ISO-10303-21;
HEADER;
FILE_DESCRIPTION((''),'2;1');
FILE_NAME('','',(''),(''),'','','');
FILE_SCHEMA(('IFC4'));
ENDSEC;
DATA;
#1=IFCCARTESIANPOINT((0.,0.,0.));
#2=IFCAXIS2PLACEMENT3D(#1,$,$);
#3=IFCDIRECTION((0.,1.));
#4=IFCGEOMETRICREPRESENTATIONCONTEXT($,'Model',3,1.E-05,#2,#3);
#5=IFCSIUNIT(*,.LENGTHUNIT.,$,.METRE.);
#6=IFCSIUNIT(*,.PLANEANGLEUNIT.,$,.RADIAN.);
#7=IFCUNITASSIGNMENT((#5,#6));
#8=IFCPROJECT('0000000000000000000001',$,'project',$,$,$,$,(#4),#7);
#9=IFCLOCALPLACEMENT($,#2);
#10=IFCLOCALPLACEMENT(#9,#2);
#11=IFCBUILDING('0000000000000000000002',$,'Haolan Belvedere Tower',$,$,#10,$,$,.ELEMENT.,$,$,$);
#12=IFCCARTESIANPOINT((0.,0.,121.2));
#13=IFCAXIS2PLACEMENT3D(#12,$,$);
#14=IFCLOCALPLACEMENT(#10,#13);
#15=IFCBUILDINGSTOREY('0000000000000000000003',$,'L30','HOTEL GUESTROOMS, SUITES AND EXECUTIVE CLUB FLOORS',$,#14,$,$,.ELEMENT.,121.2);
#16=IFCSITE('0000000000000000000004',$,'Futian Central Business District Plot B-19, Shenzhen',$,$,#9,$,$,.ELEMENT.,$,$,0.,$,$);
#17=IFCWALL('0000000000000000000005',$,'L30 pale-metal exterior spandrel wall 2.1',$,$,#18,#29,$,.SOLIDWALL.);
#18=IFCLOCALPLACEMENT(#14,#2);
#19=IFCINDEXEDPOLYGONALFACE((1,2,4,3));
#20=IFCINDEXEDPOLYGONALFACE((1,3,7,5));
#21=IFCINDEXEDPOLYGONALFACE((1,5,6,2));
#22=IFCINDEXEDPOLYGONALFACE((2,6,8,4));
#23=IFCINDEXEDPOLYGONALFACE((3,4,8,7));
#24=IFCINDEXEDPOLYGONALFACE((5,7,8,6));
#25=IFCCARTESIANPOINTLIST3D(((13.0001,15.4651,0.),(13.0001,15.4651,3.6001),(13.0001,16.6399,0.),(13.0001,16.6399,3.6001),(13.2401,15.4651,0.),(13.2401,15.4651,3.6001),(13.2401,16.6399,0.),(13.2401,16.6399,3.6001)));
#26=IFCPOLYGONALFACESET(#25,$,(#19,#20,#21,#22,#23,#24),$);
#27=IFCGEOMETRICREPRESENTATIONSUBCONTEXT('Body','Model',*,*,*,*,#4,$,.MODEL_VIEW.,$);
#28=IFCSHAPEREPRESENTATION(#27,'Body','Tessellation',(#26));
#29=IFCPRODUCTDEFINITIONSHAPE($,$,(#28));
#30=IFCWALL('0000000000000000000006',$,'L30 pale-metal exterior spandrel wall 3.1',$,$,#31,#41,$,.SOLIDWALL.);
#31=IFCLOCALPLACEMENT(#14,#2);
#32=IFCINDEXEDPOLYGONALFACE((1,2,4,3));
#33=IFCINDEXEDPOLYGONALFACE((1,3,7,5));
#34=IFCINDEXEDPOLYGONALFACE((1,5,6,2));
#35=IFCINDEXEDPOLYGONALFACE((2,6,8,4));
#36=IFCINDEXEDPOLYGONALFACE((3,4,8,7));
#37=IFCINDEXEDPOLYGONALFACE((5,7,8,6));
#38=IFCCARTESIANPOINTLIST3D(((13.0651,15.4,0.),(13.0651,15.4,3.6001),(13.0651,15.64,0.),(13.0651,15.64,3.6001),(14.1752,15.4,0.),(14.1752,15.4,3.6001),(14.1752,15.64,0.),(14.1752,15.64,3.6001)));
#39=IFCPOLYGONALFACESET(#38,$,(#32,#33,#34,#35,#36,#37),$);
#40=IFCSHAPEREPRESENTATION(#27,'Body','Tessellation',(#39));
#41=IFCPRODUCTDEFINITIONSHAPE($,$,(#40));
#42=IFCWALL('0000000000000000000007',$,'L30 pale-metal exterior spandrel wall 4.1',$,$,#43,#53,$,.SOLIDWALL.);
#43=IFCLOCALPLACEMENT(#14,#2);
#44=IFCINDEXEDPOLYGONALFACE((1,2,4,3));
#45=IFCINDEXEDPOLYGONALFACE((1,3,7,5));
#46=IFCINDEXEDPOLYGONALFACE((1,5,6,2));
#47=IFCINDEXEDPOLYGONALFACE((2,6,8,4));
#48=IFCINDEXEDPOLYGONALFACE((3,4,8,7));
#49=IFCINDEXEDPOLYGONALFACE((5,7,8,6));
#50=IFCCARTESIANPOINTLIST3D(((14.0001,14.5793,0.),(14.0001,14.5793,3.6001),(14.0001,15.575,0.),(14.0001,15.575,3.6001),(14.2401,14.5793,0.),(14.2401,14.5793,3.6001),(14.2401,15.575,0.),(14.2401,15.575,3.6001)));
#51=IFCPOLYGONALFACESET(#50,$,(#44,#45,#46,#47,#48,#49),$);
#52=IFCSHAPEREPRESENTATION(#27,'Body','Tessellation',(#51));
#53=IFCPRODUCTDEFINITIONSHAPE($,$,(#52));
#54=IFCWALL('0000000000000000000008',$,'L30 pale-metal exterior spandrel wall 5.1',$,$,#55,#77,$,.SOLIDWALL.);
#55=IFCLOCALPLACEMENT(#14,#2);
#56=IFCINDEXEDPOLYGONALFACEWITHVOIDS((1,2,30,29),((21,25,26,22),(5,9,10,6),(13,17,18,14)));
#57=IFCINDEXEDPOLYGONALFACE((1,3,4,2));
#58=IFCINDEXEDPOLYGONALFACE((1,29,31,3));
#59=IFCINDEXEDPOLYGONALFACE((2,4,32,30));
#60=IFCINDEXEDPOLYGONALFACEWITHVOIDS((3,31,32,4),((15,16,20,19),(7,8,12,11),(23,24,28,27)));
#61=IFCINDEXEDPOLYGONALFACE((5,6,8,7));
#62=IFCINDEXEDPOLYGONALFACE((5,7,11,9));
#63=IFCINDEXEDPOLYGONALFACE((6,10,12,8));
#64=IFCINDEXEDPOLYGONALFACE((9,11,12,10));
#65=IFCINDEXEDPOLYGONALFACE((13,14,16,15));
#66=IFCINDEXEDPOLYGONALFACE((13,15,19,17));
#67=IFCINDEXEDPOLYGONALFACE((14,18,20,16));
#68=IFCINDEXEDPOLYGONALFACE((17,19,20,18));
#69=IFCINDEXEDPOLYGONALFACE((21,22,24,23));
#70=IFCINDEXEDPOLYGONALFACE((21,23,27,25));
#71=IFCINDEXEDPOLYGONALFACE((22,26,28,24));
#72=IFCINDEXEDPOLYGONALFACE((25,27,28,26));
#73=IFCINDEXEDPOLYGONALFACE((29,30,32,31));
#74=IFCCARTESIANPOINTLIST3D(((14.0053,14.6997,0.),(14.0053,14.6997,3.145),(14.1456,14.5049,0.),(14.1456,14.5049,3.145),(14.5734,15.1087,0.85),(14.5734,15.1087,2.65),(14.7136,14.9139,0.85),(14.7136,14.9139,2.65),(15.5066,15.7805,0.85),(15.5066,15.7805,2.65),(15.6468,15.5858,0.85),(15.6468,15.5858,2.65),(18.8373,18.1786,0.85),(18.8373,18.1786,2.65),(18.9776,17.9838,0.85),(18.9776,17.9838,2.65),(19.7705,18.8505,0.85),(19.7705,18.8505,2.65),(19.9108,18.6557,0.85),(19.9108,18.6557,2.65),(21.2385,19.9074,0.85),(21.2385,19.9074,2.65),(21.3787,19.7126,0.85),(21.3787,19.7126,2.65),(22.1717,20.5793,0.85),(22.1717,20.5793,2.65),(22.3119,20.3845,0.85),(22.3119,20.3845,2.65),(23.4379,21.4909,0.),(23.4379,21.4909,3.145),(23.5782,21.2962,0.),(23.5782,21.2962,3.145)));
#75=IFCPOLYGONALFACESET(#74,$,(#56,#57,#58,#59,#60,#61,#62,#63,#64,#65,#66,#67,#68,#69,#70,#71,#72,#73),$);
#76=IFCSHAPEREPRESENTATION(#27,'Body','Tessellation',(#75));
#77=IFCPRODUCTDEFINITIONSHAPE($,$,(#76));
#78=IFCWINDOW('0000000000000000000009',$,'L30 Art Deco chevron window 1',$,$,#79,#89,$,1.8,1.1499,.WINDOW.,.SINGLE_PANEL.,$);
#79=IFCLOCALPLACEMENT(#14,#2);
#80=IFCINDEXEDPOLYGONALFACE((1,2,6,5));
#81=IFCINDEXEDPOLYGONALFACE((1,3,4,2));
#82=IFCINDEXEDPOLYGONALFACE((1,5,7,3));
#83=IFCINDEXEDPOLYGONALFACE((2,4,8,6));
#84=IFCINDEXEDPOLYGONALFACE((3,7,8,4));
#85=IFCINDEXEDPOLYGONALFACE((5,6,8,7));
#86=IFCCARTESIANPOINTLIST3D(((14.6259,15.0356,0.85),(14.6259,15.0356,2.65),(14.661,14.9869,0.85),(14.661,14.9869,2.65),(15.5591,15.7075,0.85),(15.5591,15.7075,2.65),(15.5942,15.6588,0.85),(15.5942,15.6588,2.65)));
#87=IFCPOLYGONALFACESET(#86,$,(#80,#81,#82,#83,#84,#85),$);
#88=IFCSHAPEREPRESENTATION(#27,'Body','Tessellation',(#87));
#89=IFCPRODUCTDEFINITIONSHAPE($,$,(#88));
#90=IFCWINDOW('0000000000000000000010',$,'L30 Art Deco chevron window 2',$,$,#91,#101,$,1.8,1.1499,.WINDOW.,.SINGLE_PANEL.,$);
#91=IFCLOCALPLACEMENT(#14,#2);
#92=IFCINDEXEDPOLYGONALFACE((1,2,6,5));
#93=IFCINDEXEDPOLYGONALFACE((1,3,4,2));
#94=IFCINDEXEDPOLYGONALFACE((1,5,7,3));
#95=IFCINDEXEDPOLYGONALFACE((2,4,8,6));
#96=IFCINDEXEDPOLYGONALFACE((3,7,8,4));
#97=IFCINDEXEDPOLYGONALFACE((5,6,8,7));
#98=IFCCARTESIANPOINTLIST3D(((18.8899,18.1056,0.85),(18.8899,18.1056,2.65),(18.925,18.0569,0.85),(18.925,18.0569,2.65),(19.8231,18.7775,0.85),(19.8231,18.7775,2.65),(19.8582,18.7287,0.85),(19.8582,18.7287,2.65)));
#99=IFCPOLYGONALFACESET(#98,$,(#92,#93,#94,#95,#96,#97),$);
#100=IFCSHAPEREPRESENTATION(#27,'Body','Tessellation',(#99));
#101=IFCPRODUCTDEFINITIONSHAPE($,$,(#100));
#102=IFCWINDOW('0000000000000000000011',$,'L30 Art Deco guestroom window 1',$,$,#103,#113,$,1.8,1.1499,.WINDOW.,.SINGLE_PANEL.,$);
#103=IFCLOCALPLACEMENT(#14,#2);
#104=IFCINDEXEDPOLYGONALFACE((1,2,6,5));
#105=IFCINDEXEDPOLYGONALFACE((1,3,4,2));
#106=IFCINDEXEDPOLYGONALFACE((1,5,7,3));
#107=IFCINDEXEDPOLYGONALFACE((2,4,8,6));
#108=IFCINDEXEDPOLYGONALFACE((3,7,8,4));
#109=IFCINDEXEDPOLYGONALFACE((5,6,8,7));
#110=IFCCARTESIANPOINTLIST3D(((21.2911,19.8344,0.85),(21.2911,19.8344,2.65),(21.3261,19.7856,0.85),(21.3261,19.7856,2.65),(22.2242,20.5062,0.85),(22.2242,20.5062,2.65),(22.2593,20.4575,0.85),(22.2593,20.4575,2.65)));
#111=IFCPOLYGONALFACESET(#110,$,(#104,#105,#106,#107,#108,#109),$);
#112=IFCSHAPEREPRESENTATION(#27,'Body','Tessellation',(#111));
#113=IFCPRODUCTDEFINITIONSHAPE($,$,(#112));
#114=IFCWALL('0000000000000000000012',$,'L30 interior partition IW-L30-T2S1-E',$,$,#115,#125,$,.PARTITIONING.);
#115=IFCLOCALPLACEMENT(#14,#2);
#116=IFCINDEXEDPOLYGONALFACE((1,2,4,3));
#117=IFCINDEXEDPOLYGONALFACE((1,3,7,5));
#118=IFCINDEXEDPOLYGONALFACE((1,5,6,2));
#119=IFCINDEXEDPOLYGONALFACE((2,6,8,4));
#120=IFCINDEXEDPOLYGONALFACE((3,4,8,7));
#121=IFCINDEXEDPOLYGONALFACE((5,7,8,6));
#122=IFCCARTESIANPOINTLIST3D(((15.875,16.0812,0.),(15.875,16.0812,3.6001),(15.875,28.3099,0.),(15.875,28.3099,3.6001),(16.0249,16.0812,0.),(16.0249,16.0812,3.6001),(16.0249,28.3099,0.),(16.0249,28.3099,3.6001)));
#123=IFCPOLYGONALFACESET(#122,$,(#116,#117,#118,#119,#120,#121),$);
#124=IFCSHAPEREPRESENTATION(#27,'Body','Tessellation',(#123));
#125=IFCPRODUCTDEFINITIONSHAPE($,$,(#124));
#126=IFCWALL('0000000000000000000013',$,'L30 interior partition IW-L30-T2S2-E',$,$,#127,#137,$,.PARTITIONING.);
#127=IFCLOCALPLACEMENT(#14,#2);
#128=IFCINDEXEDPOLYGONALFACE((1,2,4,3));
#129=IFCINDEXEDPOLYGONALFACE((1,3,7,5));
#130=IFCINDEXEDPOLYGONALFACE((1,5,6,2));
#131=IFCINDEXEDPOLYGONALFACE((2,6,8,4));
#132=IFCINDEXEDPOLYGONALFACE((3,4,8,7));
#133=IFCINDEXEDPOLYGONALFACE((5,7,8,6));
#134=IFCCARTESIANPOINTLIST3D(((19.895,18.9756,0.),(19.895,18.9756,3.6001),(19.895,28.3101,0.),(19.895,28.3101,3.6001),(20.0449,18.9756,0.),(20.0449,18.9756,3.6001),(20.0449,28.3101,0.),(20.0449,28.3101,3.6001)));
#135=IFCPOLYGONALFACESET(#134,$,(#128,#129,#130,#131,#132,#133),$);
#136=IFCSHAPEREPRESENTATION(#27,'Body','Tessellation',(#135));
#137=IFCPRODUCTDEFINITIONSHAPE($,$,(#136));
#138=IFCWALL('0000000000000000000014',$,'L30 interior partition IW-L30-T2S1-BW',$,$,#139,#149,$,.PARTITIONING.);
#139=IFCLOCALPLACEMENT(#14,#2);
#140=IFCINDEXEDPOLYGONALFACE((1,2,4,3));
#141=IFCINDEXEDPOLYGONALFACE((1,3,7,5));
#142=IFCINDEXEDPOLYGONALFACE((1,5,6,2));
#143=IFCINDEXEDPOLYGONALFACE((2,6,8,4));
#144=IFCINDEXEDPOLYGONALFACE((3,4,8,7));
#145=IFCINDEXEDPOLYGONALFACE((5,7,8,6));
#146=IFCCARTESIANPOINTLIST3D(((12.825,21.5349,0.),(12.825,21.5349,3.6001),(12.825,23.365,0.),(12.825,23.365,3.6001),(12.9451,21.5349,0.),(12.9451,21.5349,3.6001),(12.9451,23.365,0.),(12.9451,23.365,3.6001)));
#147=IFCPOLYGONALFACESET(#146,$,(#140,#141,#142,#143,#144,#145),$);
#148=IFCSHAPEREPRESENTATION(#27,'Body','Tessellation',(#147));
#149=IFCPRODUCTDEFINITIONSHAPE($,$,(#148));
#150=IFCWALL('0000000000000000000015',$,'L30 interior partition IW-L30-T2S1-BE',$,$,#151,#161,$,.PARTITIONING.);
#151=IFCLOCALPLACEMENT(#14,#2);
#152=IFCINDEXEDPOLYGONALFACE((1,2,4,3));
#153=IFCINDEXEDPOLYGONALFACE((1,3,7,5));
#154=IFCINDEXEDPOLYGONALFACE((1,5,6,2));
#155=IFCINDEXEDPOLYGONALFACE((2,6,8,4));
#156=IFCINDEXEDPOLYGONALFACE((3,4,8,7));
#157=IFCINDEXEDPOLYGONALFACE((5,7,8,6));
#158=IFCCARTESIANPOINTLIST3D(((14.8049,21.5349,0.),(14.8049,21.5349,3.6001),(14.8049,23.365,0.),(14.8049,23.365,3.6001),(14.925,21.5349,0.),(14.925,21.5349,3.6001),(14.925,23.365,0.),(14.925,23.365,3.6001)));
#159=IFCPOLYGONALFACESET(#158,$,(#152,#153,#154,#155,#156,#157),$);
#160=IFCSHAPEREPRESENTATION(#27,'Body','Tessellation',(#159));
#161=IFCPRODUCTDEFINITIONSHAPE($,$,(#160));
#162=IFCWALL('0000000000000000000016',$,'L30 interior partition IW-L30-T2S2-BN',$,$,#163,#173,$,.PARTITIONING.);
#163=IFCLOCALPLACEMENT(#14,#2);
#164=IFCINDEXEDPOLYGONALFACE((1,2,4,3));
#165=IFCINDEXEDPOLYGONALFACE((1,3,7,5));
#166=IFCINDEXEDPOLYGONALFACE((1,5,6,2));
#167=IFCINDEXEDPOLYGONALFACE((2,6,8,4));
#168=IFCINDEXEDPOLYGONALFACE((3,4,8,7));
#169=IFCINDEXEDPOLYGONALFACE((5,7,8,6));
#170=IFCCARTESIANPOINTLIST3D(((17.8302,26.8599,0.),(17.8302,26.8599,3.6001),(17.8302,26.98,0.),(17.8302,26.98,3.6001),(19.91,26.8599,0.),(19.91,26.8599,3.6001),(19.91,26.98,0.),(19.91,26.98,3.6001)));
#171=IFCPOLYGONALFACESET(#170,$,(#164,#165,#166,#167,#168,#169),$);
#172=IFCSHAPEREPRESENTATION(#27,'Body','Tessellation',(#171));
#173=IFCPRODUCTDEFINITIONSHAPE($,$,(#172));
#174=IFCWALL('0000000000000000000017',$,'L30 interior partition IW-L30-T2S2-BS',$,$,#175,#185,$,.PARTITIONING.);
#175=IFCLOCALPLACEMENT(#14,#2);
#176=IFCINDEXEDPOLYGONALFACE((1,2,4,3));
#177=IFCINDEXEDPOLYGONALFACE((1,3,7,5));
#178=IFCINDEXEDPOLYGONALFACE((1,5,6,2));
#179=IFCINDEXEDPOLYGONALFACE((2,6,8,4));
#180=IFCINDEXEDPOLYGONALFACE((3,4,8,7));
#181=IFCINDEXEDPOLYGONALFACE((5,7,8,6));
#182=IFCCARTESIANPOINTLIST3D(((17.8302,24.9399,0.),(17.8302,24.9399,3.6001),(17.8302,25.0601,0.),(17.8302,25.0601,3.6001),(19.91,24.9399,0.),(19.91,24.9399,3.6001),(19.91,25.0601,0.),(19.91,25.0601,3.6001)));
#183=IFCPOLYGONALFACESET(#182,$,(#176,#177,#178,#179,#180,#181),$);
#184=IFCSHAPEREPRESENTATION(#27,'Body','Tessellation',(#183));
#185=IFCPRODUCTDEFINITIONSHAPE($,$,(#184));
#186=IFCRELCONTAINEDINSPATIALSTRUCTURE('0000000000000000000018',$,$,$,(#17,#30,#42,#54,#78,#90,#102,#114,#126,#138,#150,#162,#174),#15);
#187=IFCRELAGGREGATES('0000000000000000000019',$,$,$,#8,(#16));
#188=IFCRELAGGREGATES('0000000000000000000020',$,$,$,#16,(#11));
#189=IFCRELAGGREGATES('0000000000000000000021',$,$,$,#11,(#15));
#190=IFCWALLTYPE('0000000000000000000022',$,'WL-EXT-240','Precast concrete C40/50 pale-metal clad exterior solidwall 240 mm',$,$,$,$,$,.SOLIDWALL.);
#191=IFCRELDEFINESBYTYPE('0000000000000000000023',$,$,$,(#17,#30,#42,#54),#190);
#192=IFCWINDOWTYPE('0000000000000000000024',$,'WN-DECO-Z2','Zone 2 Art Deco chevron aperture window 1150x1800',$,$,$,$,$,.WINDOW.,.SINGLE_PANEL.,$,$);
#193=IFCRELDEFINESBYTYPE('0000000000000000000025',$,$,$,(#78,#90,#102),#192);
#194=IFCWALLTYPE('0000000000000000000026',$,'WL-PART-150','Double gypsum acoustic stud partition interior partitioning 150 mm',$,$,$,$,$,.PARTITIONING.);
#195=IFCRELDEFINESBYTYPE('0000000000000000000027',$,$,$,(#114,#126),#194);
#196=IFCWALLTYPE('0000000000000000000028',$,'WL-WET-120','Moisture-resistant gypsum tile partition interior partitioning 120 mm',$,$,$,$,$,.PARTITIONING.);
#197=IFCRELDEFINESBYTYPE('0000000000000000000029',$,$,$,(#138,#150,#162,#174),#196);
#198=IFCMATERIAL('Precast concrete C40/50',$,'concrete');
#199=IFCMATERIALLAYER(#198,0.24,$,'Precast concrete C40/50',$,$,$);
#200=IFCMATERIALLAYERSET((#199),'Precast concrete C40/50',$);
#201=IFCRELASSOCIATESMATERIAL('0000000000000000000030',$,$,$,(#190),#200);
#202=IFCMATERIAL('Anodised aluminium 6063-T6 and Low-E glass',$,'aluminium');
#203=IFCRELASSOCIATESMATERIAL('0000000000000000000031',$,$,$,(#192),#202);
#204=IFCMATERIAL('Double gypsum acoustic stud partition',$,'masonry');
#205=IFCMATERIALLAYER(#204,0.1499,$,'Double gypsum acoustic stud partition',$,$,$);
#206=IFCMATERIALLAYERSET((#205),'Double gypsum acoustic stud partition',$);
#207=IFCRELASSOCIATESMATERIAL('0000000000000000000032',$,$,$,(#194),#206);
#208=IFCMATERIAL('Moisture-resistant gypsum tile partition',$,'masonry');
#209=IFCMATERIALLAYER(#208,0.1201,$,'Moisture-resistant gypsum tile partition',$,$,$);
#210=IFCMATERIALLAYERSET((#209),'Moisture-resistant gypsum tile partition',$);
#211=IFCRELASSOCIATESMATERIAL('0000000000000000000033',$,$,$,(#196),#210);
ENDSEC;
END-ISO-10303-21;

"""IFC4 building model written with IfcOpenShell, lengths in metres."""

from ifc_helpers import new_model, si_unit, direction, frame, frame_2d, origin, place, context, subcontext, project, spatial, rectangle, extrude, material, layer, layer_set, type_object, element, fill, save


model = new_model("IFC4")

# Units and contexts
model_context = context("Model", 3, precision=1e-05, world=origin(), true_north=direction((0.0, 1.0)))
body_context = subcontext(model_context, "Body", "Model", "MODEL_VIEW")
ifc_project = project(units=[si_unit("LENGTHUNIT", "METRE"), si_unit("PLANEANGLEUNIT", "RADIAN")], contexts=[model_context])

# Site, building, storey
site_placement = place(None, origin())
site = spatial("IfcSite", under=ifc_project, at=site_placement, Name="Futian Central Business District Plot B-19, Shenzhen", CompositionType="ELEMENT", RefElevation=0.0)
building_placement = place(site_placement, origin())
building = spatial("IfcBuilding", under=site, at=building_placement, Name="Haolan Belvedere Tower", CompositionType="ELEMENT")
storey_placement = place(building_placement, frame((0.0, 0.0, 121.2)))
storey = spatial("IfcBuildingStorey", under=building, at=storey_placement, Name="L30", Description="HOTEL GUESTROOMS, SUITES AND EXECUTIVE CLUB FLOORS", CompositionType="ELEMENT", Elevation=121.2)

# Walls
ifc_material_1 = material(Name="Precast concrete C40/50", Category="concrete")
ifc_layer_1 = layer(ifc_material_1, 0.24, Name="Precast concrete C40/50")
ifc_layer_set_1 = layer_set([ifc_layer_1], Name="Precast concrete C40/50")
wall_type_1 = type_object("IfcWallType", Name="WL-EXT-240", Description="Precast concrete C40/50 pale-metal clad exterior solidwall 240 mm", PredefinedType="SOLIDWALL", material=ifc_layer_set_1)
wall_1_placement = place(storey_placement, frame((13.1201, 16.6399, 0.0), z_axis=(0.0, 0.0, 1.0), x_axis=(0.0, -1.0, 0.0)))
element("IfcWall", 1, at=wall_1_placement, inside=storey, type_object=wall_type_1, Name="L30 pale-metal exterior spandrel wall 2.1", PredefinedType="SOLIDWALL", context=body_context, shape_type="SweptSolid", body=[
    extrude(rectangle(XDim=1.1748, YDim=0.24, at=frame_2d((0.5874, 0.0))), origin(), (0.0, 0.0, 1.0), 3.6001),
])
wall_2_placement = place(storey_placement, frame((13.0649, 15.52, 0.0), z_axis=(0.0, 0.0, 1.0), x_axis=(1.0, 0.0, 0.0)))
element("IfcWall", 2, at=wall_2_placement, inside=storey, type_object=wall_type_1, Name="L30 pale-metal exterior spandrel wall 3.1", PredefinedType="SOLIDWALL", context=body_context, shape_type="SweptSolid", body=[
    extrude(rectangle(XDim=1.1101, YDim=0.24, at=frame_2d((0.5552, 0.0))), origin(), (0.0, 0.0, 1.0), 3.6001),
])
wall_3_placement = place(storey_placement, frame((14.1201, 15.575, 0.0), z_axis=(0.0, 0.0, 1.0), x_axis=(0.0, -1.0, 0.0)))
element("IfcWall", 3, at=wall_3_placement, inside=storey, type_object=wall_type_1, Name="L30 pale-metal exterior spandrel wall 4.1", PredefinedType="SOLIDWALL", context=body_context, shape_type="SweptSolid", body=[
    extrude(rectangle(XDim=0.9956, YDim=0.24, at=frame_2d((0.4978, 0.0))), origin(), (0.0, 0.0, 1.0), 3.6001),
])

# Wall, openings, windows
wall_4_placement = place(storey_placement, frame((14.0754, 14.6023, 0.0), z_axis=(0.0, 0.0, 1.0), x_axis=(0.811544, 0.584292, 0.0)))
wall_4 = element("IfcWall", 4, at=wall_4_placement, inside=storey, type_object=wall_type_1, Name="L30 pale-metal exterior spandrel wall 5.1", PredefinedType="SOLIDWALL", context=body_context, shape_type="SweptSolid", body=[
    extrude(rectangle(XDim=11.623, YDim=0.24, at=frame_2d((5.8115, 0.0))), origin(), (0.0, 0.0, 1.0), 3.145),
])
opening_1_placement = place(wall_4_placement, frame((0.7, 0.0, 0.8501)))
opening_1 = element("IfcOpeningElement", 5, at=opening_1_placement, cuts=wall_4, PredefinedType="OPENING", context=body_context, shape_type="SweptSolid", body=[
    extrude(rectangle(XDim=1.1499, YDim=1.8, at=frame_2d((0.575, 0.8999))), frame((0.0, 0.1299, 0.0), z_axis=(0.0, -1.0, 0.0), x_axis=(1.0, 0.0, 0.0)), (0.0, 0.0, 1.0), 0.26),
])
opening_2_placement = place(wall_4_placement, frame((5.9541, 0.0, 0.8501)))
opening_2 = element("IfcOpeningElement", 6, at=opening_2_placement, cuts=wall_4, PredefinedType="OPENING", context=body_context, shape_type="SweptSolid", body=[
    extrude(rectangle(XDim=1.1499, YDim=1.8, at=frame_2d((0.575, 0.8999))), frame((0.0, 0.1299, 0.0), z_axis=(0.0, -1.0, 0.0), x_axis=(1.0, 0.0, 0.0)), (0.0, 0.0, 1.0), 0.26),
])
opening_3_placement = place(wall_4_placement, frame((8.9128, 0.0, 0.8501)))
opening_3 = element("IfcOpeningElement", 7, at=opening_3_placement, cuts=wall_4, PredefinedType="OPENING", context=body_context, shape_type="SweptSolid", body=[
    extrude(rectangle(XDim=1.1499, YDim=1.8, at=frame_2d((0.575, 0.8999))), frame((0.0, 0.1299, 0.0), z_axis=(0.0, -1.0, 0.0), x_axis=(1.0, 0.0, 0.0)), (0.0, 0.0, 1.0), 0.26),
])
ifc_material_2 = material(Name="Anodised aluminium 6063-T6 and Low-E glass", Category="aluminium")
window_type = type_object("IfcWindowType", Name="WN-DECO-Z2", Description="Zone 2 Art Deco chevron aperture window 1150x1800", PartitioningType="SINGLE_PANEL", PredefinedType="WINDOW", material=ifc_material_2)
window_1_placement = place(opening_1_placement, origin())
window_1 = element("IfcWindow", 8, at=window_1_placement, inside=storey, type_object=window_type, Name="L30 Art Deco chevron window 1", OverallHeight=1.8, OverallWidth=1.1499, PartitioningType="SINGLE_PANEL", PredefinedType="WINDOW", context=body_context, shape_type="SweptSolid", body=[
    extrude(rectangle(XDim=1.1499, YDim=1.8, at=frame_2d((0.575, 0.8999))), frame((0.0, 0.03, 0.0), z_axis=(0.0, -1.0, 0.0), x_axis=(1.0, 0.0, 0.0)), (0.0, 0.0, 1.0), 0.0601),
])
fill(opening_1, window_1)
window_2_placement = place(opening_2_placement, origin())
window_2 = element("IfcWindow", 9, at=window_2_placement, inside=storey, type_object=window_type, Name="L30 Art Deco chevron window 2", OverallHeight=1.8, OverallWidth=1.1499, PartitioningType="SINGLE_PANEL", PredefinedType="WINDOW", context=body_context, shape_type="SweptSolid", body=[
    extrude(rectangle(XDim=1.1499, YDim=1.8, at=frame_2d((0.575, 0.8999))), frame((0.0, 0.03, 0.0), z_axis=(0.0, -1.0, 0.0), x_axis=(1.0, 0.0, 0.0)), (0.0, 0.0, 1.0), 0.0601),
])
fill(opening_2, window_2)
window_3_placement = place(opening_3_placement, origin())
window_3 = element("IfcWindow", 10, at=window_3_placement, inside=storey, type_object=window_type, Name="L30 Art Deco guestroom window 1", OverallHeight=1.8, OverallWidth=1.1499, PartitioningType="SINGLE_PANEL", PredefinedType="WINDOW", context=body_context, shape_type="SweptSolid", body=[
    extrude(rectangle(XDim=1.1499, YDim=1.8, at=frame_2d((0.575, 0.8999))), frame((0.0, 0.03, 0.0), z_axis=(0.0, -1.0, 0.0), x_axis=(1.0, 0.0, 0.0)), (0.0, 0.0, 1.0), 0.0601),
])
fill(opening_3, window_3)

# Wall
ifc_material_3 = material(Name="Double gypsum acoustic stud partition", Category="masonry")
ifc_layer_2 = layer(ifc_material_3, 0.1499, Name="Double gypsum acoustic stud partition")
ifc_layer_set_2 = layer_set([ifc_layer_2], Name="Double gypsum acoustic stud partition")
wall_type_2 = type_object("IfcWallType", Name="WL-PART-150", Description="Double gypsum acoustic stud partition interior partitioning 150 mm", PredefinedType="PARTITIONING", material=ifc_layer_set_2)
wall_5_placement = place(storey_placement, frame((15.95, 16.0813, 0.0), z_axis=(0.0, 0.0, 1.0), x_axis=(0.0, 1.0, 0.0)))
element("IfcWall", 11, at=wall_5_placement, inside=storey, type_object=wall_type_2, Name="L30 interior partition IW-L30-T2S1-E", PredefinedType="PARTITIONING", context=body_context, shape_type="SweptSolid", body=[
    extrude(rectangle(XDim=12.2288, YDim=0.1499, at=frame_2d((6.1143, 0.0))), origin(), (0.0, 0.0, 1.0), 3.6001),
])

# Wall
wall_6_placement = place(storey_placement, frame((19.97, 18.9756, 0.0), z_axis=(0.0, 0.0, 1.0), x_axis=(0.0, 1.0, 0.0)))
element("IfcWall", 12, at=wall_6_placement, inside=storey, type_object=wall_type_2, Name="L30 interior partition IW-L30-T2S2-E", PredefinedType="PARTITIONING", context=body_context, shape_type="SweptSolid", body=[
    extrude(rectangle(XDim=9.3345, YDim=0.1499, at=frame_2d((4.6672, 0.0))), origin(), (0.0, 0.0, 1.0), 3.6001),
])

# Walls
ifc_material_4 = material(Name="Moisture-resistant gypsum tile partition", Category="masonry")
ifc_layer_3 = layer(ifc_material_4, 0.1201, Name="Moisture-resistant gypsum tile partition")
ifc_layer_set_3 = layer_set([ifc_layer_3], Name="Moisture-resistant gypsum tile partition")
wall_type_3 = type_object("IfcWallType", Name="WL-WET-120", Description="Moisture-resistant gypsum tile partition interior partitioning 120 mm", PredefinedType="PARTITIONING", material=ifc_layer_set_3)
for number, where, z_axis, x_axis, name in (
    (13, (12.885, 21.5349, 0.0), (0.0, 0.0, 1.0), (0.0, 1.0, 0.0), "L30 interior partition IW-L30-T2S1-BW"),
    (14, (14.865, 21.5349, 0.0), (0.0, 0.0, 1.0), (0.0, 1.0, 0.0), "L30 interior partition IW-L30-T2S1-BE"),
):
    element("IfcWall", number, at=place(storey_placement, frame(where, z_axis=z_axis, x_axis=x_axis)), inside=storey, type_object=wall_type_3, Name=name, PredefinedType="PARTITIONING", context=body_context, shape_type="SweptSolid", body=[
        extrude(rectangle(XDim=1.8301, YDim=0.1201, at=frame_2d((0.915, 0.0))), origin(), (0.0, 0.0, 1.0), 3.6001),
    ])
for number, where, z_axis, x_axis, name in (
    (15, (17.8301, 26.9199, 0.0), (0.0, 0.0, 1.0), (1.0, 0.0, 0.0), "L30 interior partition IW-L30-T2S2-BN"),
    (16, (17.8301, 25.0, 0.0), (0.0, 0.0, 1.0), (1.0, 0.0, 0.0), "L30 interior partition IW-L30-T2S2-BS"),
):
    element("IfcWall", number, at=place(storey_placement, frame(where, z_axis=z_axis, x_axis=x_axis)), inside=storey, type_object=wall_type_3, Name=name, PredefinedType="PARTITIONING", context=body_context, shape_type="SweptSolid", body=[
        extrude(rectangle(XDim=2.0798, YDim=0.1201, at=frame_2d((1.04, 0.0))), origin(), (0.0, 0.0, 1.0), 3.6001),
    ])

save(model, "model.ifc")
